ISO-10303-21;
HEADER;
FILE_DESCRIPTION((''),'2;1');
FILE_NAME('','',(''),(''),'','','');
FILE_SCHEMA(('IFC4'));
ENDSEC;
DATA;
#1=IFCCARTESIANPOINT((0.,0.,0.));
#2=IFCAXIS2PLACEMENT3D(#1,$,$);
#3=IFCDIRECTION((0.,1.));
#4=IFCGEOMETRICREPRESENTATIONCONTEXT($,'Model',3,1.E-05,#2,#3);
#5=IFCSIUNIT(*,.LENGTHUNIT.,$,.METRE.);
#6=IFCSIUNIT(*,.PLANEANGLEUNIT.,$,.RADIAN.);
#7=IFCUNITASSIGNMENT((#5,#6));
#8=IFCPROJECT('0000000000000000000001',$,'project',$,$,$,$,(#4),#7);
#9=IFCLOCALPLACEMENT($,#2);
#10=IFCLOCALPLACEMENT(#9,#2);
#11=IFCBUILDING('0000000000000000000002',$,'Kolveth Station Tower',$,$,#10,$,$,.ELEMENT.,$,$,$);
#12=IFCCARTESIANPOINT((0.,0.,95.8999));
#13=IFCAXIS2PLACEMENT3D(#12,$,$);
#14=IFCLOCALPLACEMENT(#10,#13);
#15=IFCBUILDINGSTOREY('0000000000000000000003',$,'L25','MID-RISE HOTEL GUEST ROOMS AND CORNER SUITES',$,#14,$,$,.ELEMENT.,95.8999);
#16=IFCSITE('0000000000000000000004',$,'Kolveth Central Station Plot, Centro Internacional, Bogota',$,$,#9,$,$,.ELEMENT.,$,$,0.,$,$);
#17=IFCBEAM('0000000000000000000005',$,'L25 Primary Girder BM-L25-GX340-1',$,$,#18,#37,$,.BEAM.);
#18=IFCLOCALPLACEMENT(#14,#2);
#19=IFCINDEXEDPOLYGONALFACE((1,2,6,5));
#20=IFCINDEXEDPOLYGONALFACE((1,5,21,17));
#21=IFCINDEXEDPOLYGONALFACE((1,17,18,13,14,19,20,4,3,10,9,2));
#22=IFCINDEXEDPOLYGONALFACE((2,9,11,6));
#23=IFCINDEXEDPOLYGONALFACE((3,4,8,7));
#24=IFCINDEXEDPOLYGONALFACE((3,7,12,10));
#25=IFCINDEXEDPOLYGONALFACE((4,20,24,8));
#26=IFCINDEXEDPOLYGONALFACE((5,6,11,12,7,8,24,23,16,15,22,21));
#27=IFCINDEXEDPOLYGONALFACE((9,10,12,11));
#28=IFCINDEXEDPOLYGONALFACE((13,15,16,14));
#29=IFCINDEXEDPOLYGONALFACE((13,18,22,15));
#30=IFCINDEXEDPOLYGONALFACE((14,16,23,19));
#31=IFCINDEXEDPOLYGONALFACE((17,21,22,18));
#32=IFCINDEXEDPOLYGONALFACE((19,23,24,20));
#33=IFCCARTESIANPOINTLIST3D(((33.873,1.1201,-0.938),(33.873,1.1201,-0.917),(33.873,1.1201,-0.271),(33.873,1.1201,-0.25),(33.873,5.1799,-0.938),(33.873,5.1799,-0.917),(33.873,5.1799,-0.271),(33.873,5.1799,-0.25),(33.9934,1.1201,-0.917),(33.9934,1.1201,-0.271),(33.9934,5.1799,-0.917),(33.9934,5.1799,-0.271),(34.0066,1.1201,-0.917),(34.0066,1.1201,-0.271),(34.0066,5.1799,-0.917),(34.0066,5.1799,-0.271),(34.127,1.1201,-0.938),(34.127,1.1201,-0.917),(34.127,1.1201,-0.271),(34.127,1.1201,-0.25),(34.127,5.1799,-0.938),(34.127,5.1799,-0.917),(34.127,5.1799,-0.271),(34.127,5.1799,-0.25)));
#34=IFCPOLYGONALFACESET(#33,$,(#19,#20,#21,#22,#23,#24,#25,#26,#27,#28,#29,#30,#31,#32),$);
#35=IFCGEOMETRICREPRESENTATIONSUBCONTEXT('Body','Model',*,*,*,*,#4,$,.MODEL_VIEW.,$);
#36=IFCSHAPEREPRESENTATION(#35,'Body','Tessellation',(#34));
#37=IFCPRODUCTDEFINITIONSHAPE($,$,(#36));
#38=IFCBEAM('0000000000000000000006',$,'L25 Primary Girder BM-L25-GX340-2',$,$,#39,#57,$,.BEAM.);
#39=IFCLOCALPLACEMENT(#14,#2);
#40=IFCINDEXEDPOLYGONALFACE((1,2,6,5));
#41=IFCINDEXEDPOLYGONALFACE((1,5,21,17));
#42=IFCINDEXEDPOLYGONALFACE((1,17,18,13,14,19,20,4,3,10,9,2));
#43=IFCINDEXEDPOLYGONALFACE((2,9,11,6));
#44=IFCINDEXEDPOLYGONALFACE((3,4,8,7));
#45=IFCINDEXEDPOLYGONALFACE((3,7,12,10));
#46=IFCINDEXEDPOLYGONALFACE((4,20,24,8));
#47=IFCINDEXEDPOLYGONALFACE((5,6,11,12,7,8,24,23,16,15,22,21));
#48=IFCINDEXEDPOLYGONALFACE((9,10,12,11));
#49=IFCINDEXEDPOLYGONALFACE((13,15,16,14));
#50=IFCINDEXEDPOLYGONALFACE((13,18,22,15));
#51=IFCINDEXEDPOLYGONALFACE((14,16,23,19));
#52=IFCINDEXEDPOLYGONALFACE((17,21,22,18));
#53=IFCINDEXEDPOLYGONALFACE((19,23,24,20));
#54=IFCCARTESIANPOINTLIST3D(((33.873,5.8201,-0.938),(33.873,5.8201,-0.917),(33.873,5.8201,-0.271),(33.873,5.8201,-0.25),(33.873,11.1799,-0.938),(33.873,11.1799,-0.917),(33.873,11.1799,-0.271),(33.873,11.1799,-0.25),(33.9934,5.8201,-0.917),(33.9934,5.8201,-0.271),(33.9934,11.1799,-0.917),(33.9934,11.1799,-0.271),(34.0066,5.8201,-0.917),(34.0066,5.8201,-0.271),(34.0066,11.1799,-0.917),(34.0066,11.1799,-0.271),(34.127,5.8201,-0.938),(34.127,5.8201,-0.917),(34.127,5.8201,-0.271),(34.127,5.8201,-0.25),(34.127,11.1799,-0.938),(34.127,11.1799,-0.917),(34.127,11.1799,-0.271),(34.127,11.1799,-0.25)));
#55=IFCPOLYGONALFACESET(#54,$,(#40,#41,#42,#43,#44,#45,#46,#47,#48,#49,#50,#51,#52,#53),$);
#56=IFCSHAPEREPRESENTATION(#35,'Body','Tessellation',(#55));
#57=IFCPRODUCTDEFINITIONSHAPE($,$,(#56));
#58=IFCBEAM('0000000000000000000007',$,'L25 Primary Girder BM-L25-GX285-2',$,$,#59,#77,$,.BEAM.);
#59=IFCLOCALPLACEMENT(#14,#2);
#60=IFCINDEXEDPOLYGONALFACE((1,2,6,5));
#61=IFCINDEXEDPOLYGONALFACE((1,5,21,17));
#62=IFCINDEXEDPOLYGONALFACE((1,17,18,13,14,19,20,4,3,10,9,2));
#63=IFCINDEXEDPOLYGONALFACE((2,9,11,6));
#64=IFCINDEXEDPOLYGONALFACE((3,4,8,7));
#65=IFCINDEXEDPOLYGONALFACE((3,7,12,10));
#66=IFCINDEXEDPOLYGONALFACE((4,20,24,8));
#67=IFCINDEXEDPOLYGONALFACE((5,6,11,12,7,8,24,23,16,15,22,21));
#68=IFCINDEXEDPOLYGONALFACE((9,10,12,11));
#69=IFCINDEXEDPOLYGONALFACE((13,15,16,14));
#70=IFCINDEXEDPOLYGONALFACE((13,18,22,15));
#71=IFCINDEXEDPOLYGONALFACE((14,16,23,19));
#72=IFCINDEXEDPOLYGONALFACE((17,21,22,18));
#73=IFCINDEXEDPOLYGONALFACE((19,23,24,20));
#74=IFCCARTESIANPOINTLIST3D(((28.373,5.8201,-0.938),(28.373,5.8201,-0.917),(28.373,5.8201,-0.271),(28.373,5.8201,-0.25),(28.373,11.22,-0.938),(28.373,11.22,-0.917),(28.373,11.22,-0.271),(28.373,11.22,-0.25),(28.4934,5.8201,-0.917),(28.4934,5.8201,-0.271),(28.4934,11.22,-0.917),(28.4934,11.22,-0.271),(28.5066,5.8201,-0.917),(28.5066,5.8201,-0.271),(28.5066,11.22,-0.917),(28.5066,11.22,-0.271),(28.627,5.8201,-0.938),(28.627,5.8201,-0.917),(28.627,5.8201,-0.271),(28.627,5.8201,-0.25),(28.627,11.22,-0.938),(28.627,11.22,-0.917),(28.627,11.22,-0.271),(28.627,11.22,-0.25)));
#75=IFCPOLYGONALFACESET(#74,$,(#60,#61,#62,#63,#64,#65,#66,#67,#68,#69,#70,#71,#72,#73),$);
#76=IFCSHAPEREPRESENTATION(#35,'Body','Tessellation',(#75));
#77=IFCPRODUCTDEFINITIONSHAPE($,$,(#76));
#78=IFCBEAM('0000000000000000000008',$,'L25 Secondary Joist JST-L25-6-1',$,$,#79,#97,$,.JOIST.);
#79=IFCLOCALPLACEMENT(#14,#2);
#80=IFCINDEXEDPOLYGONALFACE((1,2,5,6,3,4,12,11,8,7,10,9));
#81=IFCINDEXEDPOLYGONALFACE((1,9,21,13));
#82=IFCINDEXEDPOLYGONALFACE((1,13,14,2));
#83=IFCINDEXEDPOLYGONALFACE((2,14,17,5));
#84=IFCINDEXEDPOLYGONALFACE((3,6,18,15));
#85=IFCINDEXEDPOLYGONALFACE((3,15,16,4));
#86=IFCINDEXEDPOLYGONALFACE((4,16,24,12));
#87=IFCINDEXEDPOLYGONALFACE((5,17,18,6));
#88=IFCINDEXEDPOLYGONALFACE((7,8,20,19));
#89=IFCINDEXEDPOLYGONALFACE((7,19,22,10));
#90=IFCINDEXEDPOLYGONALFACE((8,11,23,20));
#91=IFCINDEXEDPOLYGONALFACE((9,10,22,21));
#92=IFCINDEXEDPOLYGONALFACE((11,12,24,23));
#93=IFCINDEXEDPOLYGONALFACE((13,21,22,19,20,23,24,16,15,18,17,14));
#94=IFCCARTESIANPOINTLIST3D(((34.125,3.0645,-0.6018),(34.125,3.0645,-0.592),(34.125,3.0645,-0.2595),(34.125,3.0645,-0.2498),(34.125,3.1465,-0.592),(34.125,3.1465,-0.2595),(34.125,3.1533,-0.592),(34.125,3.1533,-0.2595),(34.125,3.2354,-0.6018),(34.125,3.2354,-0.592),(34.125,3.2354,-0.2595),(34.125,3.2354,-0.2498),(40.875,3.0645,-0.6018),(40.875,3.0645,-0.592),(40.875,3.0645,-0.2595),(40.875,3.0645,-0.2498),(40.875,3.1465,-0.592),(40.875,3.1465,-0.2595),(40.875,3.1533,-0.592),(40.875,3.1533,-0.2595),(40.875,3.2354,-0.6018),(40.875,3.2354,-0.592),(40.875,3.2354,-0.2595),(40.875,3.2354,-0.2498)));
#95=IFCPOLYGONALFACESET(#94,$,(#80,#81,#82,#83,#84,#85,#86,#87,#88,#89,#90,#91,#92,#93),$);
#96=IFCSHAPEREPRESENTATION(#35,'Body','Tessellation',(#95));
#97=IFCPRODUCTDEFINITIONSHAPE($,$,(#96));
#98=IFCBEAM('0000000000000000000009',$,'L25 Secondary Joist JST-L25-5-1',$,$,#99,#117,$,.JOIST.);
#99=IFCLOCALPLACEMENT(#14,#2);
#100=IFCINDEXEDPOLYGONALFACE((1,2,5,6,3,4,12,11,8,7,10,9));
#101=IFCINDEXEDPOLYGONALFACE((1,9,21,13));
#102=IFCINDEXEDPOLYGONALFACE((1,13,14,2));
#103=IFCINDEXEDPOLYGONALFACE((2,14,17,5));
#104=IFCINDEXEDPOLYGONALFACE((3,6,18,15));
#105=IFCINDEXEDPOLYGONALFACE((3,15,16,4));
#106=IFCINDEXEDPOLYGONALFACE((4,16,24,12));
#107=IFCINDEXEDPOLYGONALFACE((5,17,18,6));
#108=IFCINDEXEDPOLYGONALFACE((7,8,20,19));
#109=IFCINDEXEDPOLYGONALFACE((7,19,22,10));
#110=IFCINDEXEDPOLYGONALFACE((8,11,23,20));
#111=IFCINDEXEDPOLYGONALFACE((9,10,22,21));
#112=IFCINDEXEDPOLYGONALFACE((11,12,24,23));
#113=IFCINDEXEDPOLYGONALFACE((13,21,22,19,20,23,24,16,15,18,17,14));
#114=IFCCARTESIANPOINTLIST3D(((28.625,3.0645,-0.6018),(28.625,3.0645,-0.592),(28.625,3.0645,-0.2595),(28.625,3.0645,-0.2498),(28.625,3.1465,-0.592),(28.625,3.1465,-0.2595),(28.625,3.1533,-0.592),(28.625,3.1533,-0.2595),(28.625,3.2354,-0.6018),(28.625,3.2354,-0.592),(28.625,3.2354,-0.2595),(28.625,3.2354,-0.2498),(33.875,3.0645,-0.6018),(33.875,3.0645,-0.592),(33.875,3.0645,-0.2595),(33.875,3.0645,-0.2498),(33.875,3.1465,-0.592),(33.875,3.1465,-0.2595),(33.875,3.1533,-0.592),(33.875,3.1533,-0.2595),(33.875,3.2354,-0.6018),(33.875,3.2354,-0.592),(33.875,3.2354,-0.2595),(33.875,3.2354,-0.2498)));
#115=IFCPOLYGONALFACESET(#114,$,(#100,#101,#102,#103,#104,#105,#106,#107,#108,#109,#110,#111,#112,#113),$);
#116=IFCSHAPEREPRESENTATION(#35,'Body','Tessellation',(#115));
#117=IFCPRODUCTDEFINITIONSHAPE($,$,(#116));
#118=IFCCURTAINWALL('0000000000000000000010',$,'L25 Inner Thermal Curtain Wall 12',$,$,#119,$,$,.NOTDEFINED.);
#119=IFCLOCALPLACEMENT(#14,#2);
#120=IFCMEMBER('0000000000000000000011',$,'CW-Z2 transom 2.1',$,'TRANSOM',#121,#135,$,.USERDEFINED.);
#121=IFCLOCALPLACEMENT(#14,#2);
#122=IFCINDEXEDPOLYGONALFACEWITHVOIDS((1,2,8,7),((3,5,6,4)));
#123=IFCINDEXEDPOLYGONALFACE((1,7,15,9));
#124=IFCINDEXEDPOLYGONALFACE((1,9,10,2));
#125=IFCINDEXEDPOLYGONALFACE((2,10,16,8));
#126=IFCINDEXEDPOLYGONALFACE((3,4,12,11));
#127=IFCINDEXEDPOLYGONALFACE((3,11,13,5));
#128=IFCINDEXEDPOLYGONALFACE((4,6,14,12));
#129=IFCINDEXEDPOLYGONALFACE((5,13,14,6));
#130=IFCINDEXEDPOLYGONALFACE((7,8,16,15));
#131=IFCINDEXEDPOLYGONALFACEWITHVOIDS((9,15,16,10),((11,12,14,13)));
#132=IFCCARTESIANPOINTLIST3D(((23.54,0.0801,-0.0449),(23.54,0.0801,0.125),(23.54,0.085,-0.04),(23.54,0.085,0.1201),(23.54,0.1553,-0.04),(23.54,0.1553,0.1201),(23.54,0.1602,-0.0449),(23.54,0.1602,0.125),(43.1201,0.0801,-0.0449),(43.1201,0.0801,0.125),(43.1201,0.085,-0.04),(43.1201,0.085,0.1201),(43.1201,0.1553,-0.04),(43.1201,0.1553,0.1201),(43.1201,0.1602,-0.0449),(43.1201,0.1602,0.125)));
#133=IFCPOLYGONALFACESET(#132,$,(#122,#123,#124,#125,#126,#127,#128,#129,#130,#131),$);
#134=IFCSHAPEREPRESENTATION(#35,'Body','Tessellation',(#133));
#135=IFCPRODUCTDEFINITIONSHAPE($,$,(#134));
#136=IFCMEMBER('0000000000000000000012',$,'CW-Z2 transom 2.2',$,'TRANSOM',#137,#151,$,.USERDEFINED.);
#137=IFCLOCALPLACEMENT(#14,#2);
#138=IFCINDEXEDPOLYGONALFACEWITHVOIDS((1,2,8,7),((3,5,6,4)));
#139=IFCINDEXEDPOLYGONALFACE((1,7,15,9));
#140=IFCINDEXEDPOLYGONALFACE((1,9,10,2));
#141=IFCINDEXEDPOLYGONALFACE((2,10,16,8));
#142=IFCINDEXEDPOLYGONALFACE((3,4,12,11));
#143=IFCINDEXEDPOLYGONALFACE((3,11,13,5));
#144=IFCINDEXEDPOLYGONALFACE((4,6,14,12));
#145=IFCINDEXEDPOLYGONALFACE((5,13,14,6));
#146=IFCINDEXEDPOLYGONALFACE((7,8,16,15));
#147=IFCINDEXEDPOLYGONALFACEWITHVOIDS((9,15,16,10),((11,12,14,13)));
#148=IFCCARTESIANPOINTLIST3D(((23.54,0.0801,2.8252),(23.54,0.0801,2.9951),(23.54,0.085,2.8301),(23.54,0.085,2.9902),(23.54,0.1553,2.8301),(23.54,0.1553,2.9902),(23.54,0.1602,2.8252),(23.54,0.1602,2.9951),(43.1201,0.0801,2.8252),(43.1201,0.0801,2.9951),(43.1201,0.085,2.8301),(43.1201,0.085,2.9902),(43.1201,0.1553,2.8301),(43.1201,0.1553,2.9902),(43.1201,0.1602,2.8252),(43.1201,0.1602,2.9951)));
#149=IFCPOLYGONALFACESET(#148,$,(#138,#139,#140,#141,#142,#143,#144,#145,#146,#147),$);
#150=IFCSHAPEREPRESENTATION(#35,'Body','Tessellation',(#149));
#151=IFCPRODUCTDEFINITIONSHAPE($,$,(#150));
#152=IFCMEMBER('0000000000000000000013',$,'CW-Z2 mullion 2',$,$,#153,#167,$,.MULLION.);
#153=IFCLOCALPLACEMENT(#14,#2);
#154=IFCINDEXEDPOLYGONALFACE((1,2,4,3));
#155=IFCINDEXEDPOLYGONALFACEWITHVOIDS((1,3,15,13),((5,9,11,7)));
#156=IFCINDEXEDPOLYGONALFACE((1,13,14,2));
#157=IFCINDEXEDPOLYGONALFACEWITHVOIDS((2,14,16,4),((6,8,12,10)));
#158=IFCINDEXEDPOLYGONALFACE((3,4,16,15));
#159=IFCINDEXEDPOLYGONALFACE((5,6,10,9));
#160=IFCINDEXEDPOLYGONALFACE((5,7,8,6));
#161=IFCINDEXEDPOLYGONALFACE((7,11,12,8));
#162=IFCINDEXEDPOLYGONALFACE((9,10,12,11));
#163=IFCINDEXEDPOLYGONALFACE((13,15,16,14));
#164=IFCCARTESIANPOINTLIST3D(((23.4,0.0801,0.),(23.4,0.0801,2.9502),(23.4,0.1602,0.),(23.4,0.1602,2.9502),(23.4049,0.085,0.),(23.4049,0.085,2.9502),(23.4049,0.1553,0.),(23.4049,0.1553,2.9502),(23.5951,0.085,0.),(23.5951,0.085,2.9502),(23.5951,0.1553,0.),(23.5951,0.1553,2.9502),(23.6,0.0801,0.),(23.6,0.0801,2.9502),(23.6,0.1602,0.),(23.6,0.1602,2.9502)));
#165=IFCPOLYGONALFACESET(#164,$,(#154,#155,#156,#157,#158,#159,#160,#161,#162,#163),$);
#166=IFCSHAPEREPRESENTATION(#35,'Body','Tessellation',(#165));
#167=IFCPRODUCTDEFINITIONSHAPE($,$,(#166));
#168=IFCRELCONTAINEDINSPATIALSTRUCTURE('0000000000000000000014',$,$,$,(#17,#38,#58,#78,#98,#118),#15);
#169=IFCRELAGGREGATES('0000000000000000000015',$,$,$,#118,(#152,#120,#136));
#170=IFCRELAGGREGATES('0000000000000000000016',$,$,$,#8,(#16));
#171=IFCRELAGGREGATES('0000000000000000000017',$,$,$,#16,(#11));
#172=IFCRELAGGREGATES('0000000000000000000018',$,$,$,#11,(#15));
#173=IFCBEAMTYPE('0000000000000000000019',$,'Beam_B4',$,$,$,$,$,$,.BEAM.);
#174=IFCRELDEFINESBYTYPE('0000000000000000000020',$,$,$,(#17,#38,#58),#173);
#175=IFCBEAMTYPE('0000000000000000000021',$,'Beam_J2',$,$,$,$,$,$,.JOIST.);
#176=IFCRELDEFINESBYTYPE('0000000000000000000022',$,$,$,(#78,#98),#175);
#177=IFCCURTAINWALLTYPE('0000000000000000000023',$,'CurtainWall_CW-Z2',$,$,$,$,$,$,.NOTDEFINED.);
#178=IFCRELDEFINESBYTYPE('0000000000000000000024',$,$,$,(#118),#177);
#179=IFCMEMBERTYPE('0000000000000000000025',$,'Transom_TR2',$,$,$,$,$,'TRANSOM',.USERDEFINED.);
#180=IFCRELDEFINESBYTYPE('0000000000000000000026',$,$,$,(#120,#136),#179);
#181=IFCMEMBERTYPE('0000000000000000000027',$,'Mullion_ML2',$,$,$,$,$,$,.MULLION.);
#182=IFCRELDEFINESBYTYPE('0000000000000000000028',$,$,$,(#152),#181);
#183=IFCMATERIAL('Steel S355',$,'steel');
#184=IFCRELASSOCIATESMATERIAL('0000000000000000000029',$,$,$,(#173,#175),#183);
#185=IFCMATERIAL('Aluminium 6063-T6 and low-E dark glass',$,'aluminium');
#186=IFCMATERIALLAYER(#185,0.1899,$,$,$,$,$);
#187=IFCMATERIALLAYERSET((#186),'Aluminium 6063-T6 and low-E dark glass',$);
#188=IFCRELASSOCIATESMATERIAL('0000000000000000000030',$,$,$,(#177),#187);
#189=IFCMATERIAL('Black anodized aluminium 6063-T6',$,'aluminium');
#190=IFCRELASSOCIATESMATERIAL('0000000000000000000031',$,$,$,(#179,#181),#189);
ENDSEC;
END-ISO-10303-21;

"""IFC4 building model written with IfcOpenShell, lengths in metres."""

from ifc_helpers import new_model, si_unit, direction, frame, origin, origin_2d, place, context, subcontext, project, spatial, hollow_rectangle, i_section, extrude, source, transform, mapped, material, layer, layer_set, material_profile, profile_set, type_object, element, aggregate, save


model = new_model("IFC4")

# Units and contexts
model_context = context("Model", 3, precision=1e-05, world=origin(), true_north=direction((0.0, 1.0)))
body_context = subcontext(model_context, "Body", "Model", "MODEL_VIEW")
ifc_project = project(units=[si_unit("LENGTHUNIT", "METRE"), si_unit("PLANEANGLEUNIT", "RADIAN")], contexts=[model_context])

# Site, building, storey
site_placement = place(None, origin())
site = spatial("IfcSite", under=ifc_project, at=site_placement, Name="Kolveth Central Station Plot, Centro Internacional, Bogota", CompositionType="ELEMENT", RefElevation=0.0)
building_placement = place(site_placement, origin())
building = spatial("IfcBuilding", under=site, at=building_placement, Name="Kolveth Station Tower", CompositionType="ELEMENT")
storey_placement = place(building_placement, frame((0.0, 0.0, 95.8999)))
storey = spatial("IfcBuildingStorey", under=building, at=storey_placement, Name="L25", Description="MID-RISE HOTEL GUEST ROOMS AND CORNER SUITES", CompositionType="ELEMENT", Elevation=95.8999)

# Beams
ifc_material_1 = material(Name="Steel S355", Category="steel")
ifc_material_profile_1 = material_profile(ifc_material_1, i_section(OverallWidth=0.2539, OverallDepth=0.688, WebThickness=0.0132, FlangeThickness=0.021, at=origin_2d()), Name="W690x152")
ifc_profile_set_1 = profile_set([ifc_material_profile_1], Name="Steel S355")
beam_type_1 = type_object("IfcBeamType", Name="Beam_B4", PredefinedType="BEAM", material=ifc_profile_set_1)
shared_shape_1 = source(origin(), body_context, "Body", "SweptSolid", [
    extrude(i_section(OverallWidth=0.2539, OverallDepth=0.688, WebThickness=0.0132, FlangeThickness=0.021, at=origin_2d()), origin(), (0.0, 0.0, 1.0), 4.0598),
])
for number, where, z_axis, x_axis, name in (
    (1, (34.0, 1.1201, -0.594), (0.0, 1.0, 0.0), (-1.0, 0.0, 0.0), "L25 Primary Girder BM-L25-GX340-1"),
):
    element("IfcBeam", number, at=place(storey_placement, frame(where, z_axis=z_axis, x_axis=x_axis)), inside=storey, type_object=beam_type_1, Name=name, PredefinedType="BEAM", context=body_context, shape_type="MappedRepresentation", body=[
        mapped(shared_shape_1, transform((0.0, 0.0, 0.0), x_axis=(1.0, 0.0, 0.0), y_axis=(0.0, 1.0, 0.0), z_axis=(0.0, 0.0, 1.0), scale=1.0)),
    ])
shared_shape_2 = source(origin(), body_context, "Body", "SweptSolid", [
    extrude(i_section(OverallWidth=0.2539, OverallDepth=0.688, WebThickness=0.0132, FlangeThickness=0.021, at=origin_2d()), origin(), (0.0, 0.0, 1.0), 5.3599),
])
beam_1_placement = place(storey_placement, frame((34.0, 5.8201, -0.594), z_axis=(0.0, 1.0, 0.0), x_axis=(-1.0, 0.0, 0.0)))
element("IfcBeam", 2, at=beam_1_placement, inside=storey, type_object=beam_type_1, Name="L25 Primary Girder BM-L25-GX340-2", PredefinedType="BEAM", context=body_context, shape_type="MappedRepresentation", body=[
    mapped(shared_shape_2, transform((0.0, 0.0, 0.0), x_axis=(1.0, 0.0, 0.0), y_axis=(0.0, 1.0, 0.0), z_axis=(0.0, 0.0, 1.0), scale=1.0)),
])
shared_shape_3 = source(origin(), body_context, "Body", "SweptSolid", [
    extrude(i_section(OverallWidth=0.2539, OverallDepth=0.688, WebThickness=0.0132, FlangeThickness=0.021, at=origin_2d()), origin(), (0.0, 0.0, 1.0), 5.3999),
])
beam_2_placement = place(storey_placement, frame((28.5, 5.8201, -0.594), z_axis=(0.0, 1.0, 0.0), x_axis=(-1.0, 0.0, 0.0)))
element("IfcBeam", 3, at=beam_2_placement, inside=storey, type_object=beam_type_1, Name="L25 Primary Girder BM-L25-GX285-2", PredefinedType="BEAM", context=body_context, shape_type="MappedRepresentation", body=[
    mapped(shared_shape_3, transform((0.0, 0.0, 0.0), x_axis=(1.0, 0.0, 0.0), y_axis=(0.0, 1.0, 0.0), z_axis=(0.0, 0.0, 1.0), scale=1.0)),
])
ifc_material_profile_2 = material_profile(ifc_material_1, i_section(OverallWidth=0.1709, OverallDepth=0.3521, WebThickness=0.0068, FlangeThickness=0.0098, at=origin_2d()), Name="W360x44")
ifc_profile_set_2 = profile_set([ifc_material_profile_2], Name="Steel S355")
beam_type_2 = type_object("IfcBeamType", Name="Beam_J2", PredefinedType="JOIST", material=ifc_profile_set_2)
shared_shape_4 = source(origin(), body_context, "Body", "SweptSolid", [
    extrude(i_section(OverallWidth=0.1709, OverallDepth=0.3521, WebThickness=0.0068, FlangeThickness=0.0098, at=origin_2d()), origin(), (0.0, 0.0, 1.0), 6.75),
])
beam_3_placement = place(storey_placement, frame((34.125, 3.1499, -0.4258), z_axis=(1.0, 0.0, 0.0), x_axis=(0.0, 1.0, 0.0)))
element("IfcBeam", 4, at=beam_3_placement, inside=storey, type_object=beam_type_2, Name="L25 Secondary Joist JST-L25-6-1", PredefinedType="JOIST", context=body_context, shape_type="MappedRepresentation", body=[
    mapped(shared_shape_4, transform((0.0, 0.0, 0.0), x_axis=(1.0, 0.0, 0.0), y_axis=(0.0, 1.0, 0.0), z_axis=(0.0, 0.0, 1.0), scale=1.0)),
])
shared_shape_5 = source(origin(), body_context, "Body", "SweptSolid", [
    extrude(i_section(OverallWidth=0.1709, OverallDepth=0.3521, WebThickness=0.0068, FlangeThickness=0.0098, at=origin_2d()), origin(), (0.0, 0.0, 1.0), 5.25),
])
beam_4_placement = place(storey_placement, frame((28.625, 3.1499, -0.4258), z_axis=(1.0, 0.0, 0.0), x_axis=(0.0, 1.0, 0.0)))
element("IfcBeam", 5, at=beam_4_placement, inside=storey, type_object=beam_type_2, Name="L25 Secondary Joist JST-L25-5-1", PredefinedType="JOIST", context=body_context, shape_type="MappedRepresentation", body=[
    mapped(shared_shape_5, transform((0.0, 0.0, 0.0), x_axis=(1.0, 0.0, 0.0), y_axis=(0.0, 1.0, 0.0), z_axis=(0.0, 0.0, 1.0), scale=1.0)),
])

# Curtain wall, members
ifc_material_2 = material(Name="Aluminium 6063-T6 and low-E dark glass", Category="aluminium")
ifc_layer_1 = layer(ifc_material_2, 0.1899)
ifc_layer_set_1 = layer_set([ifc_layer_1], Name="Aluminium 6063-T6 and low-E dark glass")
curtain_wall_type_1 = type_object("IfcCurtainWallType", Name="CurtainWall_CW-Z2", PredefinedType="NOTDEFINED", material=ifc_layer_set_1)
curtain_wall_1_placement = place(storey_placement, origin())
curtain_wall_1 = element("IfcCurtainWall", 6, at=curtain_wall_1_placement, inside=storey, type_object=curtain_wall_type_1, Name="L25 Inner Thermal Curtain Wall 12", PredefinedType="NOTDEFINED")
ifc_material_3 = material(Name="Black anodized aluminium 6063-T6", Category="aluminium")
ifc_material_profile_3 = material_profile(ifc_material_3, hollow_rectangle(XDim=0.0801, YDim=0.1699, WallThickness=0.0049, at=origin_2d()), Name="ALU-80x170x5")
ifc_profile_set_3 = profile_set([ifc_material_profile_3], Name="Black anodized aluminium 6063-T6")
member_type_1 = type_object("IfcMemberType", Name="Transom_TR2", ElementType="TRANSOM", PredefinedType="USERDEFINED", material=ifc_profile_set_3)
shared_shape_6 = source(origin(), body_context, "Body", "SweptSolid", [
    extrude(hollow_rectangle(XDim=0.0801, YDim=0.1699, WallThickness=0.0049, at=origin_2d()), origin(), (0.0, 0.0, 1.0), 19.5801),
])
member_1_placement = place(storey_placement, frame((23.54, 0.1201, 0.04), z_axis=(1.0, 0.0, 0.0), x_axis=(0.0, 1.0, 0.0)))
member_1 = element("IfcMember", 7, at=member_1_placement, type_object=member_type_1, Name="CW-Z2 transom 2.1", ObjectType="TRANSOM", PredefinedType="USERDEFINED", context=body_context, shape_type="MappedRepresentation", body=[
    mapped(shared_shape_6, transform((0.0, 0.0, 0.0), x_axis=(1.0, 0.0, 0.0), y_axis=(0.0, 1.0, 0.0), z_axis=(0.0, 0.0, 1.0), scale=1.0)),
])
member_2_placement = place(storey_placement, frame((23.54, 0.1201, 2.9102), z_axis=(1.0, 0.0, 0.0), x_axis=(0.0, 1.0, 0.0)))
member_2 = element("IfcMember", 8, at=member_2_placement, type_object=member_type_1, Name="CW-Z2 transom 2.2", ObjectType="TRANSOM", PredefinedType="USERDEFINED", context=body_context, shape_type="MappedRepresentation", body=[
    mapped(shared_shape_6, transform((0.0, 0.0, 0.0), x_axis=(1.0, 0.0, 0.0), y_axis=(0.0, 1.0, 0.0), z_axis=(0.0, 0.0, 1.0), scale=1.0)),
])
ifc_material_profile_4 = material_profile(ifc_material_3, hollow_rectangle(XDim=0.0801, YDim=0.2, WallThickness=0.0049, at=origin_2d()), Name="ALU-80x200x5")
ifc_profile_set_4 = profile_set([ifc_material_profile_4], Name="Black anodized aluminium 6063-T6")
member_type_2 = type_object("IfcMemberType", Name="Mullion_ML2", PredefinedType="MULLION", material=ifc_profile_set_4)
shared_shape_7 = source(origin(), body_context, "Body", "SweptSolid", [
    extrude(hollow_rectangle(XDim=0.0801, YDim=0.2, WallThickness=0.0049, at=origin_2d()), origin(), (0.0, 0.0, 1.0), 2.9502),
])
member_3_placement = place(storey_placement, frame((23.5, 0.1201, 0.0), z_axis=(0.0, 0.0, 1.0), x_axis=(0.0, 1.0, 0.0)))
member_3 = element("IfcMember", 9, at=member_3_placement, type_object=member_type_2, Name="CW-Z2 mullion 2", PredefinedType="MULLION", context=body_context, shape_type="MappedRepresentation", body=[
    mapped(shared_shape_7, transform((0.0, 0.0, 0.0), x_axis=(1.0, 0.0, 0.0), y_axis=(0.0, 1.0, 0.0), z_axis=(0.0, 0.0, 1.0), scale=1.0)),
])
aggregate(curtain_wall_1, [member_3, member_1, member_2])

save(model, "model.ifc")
